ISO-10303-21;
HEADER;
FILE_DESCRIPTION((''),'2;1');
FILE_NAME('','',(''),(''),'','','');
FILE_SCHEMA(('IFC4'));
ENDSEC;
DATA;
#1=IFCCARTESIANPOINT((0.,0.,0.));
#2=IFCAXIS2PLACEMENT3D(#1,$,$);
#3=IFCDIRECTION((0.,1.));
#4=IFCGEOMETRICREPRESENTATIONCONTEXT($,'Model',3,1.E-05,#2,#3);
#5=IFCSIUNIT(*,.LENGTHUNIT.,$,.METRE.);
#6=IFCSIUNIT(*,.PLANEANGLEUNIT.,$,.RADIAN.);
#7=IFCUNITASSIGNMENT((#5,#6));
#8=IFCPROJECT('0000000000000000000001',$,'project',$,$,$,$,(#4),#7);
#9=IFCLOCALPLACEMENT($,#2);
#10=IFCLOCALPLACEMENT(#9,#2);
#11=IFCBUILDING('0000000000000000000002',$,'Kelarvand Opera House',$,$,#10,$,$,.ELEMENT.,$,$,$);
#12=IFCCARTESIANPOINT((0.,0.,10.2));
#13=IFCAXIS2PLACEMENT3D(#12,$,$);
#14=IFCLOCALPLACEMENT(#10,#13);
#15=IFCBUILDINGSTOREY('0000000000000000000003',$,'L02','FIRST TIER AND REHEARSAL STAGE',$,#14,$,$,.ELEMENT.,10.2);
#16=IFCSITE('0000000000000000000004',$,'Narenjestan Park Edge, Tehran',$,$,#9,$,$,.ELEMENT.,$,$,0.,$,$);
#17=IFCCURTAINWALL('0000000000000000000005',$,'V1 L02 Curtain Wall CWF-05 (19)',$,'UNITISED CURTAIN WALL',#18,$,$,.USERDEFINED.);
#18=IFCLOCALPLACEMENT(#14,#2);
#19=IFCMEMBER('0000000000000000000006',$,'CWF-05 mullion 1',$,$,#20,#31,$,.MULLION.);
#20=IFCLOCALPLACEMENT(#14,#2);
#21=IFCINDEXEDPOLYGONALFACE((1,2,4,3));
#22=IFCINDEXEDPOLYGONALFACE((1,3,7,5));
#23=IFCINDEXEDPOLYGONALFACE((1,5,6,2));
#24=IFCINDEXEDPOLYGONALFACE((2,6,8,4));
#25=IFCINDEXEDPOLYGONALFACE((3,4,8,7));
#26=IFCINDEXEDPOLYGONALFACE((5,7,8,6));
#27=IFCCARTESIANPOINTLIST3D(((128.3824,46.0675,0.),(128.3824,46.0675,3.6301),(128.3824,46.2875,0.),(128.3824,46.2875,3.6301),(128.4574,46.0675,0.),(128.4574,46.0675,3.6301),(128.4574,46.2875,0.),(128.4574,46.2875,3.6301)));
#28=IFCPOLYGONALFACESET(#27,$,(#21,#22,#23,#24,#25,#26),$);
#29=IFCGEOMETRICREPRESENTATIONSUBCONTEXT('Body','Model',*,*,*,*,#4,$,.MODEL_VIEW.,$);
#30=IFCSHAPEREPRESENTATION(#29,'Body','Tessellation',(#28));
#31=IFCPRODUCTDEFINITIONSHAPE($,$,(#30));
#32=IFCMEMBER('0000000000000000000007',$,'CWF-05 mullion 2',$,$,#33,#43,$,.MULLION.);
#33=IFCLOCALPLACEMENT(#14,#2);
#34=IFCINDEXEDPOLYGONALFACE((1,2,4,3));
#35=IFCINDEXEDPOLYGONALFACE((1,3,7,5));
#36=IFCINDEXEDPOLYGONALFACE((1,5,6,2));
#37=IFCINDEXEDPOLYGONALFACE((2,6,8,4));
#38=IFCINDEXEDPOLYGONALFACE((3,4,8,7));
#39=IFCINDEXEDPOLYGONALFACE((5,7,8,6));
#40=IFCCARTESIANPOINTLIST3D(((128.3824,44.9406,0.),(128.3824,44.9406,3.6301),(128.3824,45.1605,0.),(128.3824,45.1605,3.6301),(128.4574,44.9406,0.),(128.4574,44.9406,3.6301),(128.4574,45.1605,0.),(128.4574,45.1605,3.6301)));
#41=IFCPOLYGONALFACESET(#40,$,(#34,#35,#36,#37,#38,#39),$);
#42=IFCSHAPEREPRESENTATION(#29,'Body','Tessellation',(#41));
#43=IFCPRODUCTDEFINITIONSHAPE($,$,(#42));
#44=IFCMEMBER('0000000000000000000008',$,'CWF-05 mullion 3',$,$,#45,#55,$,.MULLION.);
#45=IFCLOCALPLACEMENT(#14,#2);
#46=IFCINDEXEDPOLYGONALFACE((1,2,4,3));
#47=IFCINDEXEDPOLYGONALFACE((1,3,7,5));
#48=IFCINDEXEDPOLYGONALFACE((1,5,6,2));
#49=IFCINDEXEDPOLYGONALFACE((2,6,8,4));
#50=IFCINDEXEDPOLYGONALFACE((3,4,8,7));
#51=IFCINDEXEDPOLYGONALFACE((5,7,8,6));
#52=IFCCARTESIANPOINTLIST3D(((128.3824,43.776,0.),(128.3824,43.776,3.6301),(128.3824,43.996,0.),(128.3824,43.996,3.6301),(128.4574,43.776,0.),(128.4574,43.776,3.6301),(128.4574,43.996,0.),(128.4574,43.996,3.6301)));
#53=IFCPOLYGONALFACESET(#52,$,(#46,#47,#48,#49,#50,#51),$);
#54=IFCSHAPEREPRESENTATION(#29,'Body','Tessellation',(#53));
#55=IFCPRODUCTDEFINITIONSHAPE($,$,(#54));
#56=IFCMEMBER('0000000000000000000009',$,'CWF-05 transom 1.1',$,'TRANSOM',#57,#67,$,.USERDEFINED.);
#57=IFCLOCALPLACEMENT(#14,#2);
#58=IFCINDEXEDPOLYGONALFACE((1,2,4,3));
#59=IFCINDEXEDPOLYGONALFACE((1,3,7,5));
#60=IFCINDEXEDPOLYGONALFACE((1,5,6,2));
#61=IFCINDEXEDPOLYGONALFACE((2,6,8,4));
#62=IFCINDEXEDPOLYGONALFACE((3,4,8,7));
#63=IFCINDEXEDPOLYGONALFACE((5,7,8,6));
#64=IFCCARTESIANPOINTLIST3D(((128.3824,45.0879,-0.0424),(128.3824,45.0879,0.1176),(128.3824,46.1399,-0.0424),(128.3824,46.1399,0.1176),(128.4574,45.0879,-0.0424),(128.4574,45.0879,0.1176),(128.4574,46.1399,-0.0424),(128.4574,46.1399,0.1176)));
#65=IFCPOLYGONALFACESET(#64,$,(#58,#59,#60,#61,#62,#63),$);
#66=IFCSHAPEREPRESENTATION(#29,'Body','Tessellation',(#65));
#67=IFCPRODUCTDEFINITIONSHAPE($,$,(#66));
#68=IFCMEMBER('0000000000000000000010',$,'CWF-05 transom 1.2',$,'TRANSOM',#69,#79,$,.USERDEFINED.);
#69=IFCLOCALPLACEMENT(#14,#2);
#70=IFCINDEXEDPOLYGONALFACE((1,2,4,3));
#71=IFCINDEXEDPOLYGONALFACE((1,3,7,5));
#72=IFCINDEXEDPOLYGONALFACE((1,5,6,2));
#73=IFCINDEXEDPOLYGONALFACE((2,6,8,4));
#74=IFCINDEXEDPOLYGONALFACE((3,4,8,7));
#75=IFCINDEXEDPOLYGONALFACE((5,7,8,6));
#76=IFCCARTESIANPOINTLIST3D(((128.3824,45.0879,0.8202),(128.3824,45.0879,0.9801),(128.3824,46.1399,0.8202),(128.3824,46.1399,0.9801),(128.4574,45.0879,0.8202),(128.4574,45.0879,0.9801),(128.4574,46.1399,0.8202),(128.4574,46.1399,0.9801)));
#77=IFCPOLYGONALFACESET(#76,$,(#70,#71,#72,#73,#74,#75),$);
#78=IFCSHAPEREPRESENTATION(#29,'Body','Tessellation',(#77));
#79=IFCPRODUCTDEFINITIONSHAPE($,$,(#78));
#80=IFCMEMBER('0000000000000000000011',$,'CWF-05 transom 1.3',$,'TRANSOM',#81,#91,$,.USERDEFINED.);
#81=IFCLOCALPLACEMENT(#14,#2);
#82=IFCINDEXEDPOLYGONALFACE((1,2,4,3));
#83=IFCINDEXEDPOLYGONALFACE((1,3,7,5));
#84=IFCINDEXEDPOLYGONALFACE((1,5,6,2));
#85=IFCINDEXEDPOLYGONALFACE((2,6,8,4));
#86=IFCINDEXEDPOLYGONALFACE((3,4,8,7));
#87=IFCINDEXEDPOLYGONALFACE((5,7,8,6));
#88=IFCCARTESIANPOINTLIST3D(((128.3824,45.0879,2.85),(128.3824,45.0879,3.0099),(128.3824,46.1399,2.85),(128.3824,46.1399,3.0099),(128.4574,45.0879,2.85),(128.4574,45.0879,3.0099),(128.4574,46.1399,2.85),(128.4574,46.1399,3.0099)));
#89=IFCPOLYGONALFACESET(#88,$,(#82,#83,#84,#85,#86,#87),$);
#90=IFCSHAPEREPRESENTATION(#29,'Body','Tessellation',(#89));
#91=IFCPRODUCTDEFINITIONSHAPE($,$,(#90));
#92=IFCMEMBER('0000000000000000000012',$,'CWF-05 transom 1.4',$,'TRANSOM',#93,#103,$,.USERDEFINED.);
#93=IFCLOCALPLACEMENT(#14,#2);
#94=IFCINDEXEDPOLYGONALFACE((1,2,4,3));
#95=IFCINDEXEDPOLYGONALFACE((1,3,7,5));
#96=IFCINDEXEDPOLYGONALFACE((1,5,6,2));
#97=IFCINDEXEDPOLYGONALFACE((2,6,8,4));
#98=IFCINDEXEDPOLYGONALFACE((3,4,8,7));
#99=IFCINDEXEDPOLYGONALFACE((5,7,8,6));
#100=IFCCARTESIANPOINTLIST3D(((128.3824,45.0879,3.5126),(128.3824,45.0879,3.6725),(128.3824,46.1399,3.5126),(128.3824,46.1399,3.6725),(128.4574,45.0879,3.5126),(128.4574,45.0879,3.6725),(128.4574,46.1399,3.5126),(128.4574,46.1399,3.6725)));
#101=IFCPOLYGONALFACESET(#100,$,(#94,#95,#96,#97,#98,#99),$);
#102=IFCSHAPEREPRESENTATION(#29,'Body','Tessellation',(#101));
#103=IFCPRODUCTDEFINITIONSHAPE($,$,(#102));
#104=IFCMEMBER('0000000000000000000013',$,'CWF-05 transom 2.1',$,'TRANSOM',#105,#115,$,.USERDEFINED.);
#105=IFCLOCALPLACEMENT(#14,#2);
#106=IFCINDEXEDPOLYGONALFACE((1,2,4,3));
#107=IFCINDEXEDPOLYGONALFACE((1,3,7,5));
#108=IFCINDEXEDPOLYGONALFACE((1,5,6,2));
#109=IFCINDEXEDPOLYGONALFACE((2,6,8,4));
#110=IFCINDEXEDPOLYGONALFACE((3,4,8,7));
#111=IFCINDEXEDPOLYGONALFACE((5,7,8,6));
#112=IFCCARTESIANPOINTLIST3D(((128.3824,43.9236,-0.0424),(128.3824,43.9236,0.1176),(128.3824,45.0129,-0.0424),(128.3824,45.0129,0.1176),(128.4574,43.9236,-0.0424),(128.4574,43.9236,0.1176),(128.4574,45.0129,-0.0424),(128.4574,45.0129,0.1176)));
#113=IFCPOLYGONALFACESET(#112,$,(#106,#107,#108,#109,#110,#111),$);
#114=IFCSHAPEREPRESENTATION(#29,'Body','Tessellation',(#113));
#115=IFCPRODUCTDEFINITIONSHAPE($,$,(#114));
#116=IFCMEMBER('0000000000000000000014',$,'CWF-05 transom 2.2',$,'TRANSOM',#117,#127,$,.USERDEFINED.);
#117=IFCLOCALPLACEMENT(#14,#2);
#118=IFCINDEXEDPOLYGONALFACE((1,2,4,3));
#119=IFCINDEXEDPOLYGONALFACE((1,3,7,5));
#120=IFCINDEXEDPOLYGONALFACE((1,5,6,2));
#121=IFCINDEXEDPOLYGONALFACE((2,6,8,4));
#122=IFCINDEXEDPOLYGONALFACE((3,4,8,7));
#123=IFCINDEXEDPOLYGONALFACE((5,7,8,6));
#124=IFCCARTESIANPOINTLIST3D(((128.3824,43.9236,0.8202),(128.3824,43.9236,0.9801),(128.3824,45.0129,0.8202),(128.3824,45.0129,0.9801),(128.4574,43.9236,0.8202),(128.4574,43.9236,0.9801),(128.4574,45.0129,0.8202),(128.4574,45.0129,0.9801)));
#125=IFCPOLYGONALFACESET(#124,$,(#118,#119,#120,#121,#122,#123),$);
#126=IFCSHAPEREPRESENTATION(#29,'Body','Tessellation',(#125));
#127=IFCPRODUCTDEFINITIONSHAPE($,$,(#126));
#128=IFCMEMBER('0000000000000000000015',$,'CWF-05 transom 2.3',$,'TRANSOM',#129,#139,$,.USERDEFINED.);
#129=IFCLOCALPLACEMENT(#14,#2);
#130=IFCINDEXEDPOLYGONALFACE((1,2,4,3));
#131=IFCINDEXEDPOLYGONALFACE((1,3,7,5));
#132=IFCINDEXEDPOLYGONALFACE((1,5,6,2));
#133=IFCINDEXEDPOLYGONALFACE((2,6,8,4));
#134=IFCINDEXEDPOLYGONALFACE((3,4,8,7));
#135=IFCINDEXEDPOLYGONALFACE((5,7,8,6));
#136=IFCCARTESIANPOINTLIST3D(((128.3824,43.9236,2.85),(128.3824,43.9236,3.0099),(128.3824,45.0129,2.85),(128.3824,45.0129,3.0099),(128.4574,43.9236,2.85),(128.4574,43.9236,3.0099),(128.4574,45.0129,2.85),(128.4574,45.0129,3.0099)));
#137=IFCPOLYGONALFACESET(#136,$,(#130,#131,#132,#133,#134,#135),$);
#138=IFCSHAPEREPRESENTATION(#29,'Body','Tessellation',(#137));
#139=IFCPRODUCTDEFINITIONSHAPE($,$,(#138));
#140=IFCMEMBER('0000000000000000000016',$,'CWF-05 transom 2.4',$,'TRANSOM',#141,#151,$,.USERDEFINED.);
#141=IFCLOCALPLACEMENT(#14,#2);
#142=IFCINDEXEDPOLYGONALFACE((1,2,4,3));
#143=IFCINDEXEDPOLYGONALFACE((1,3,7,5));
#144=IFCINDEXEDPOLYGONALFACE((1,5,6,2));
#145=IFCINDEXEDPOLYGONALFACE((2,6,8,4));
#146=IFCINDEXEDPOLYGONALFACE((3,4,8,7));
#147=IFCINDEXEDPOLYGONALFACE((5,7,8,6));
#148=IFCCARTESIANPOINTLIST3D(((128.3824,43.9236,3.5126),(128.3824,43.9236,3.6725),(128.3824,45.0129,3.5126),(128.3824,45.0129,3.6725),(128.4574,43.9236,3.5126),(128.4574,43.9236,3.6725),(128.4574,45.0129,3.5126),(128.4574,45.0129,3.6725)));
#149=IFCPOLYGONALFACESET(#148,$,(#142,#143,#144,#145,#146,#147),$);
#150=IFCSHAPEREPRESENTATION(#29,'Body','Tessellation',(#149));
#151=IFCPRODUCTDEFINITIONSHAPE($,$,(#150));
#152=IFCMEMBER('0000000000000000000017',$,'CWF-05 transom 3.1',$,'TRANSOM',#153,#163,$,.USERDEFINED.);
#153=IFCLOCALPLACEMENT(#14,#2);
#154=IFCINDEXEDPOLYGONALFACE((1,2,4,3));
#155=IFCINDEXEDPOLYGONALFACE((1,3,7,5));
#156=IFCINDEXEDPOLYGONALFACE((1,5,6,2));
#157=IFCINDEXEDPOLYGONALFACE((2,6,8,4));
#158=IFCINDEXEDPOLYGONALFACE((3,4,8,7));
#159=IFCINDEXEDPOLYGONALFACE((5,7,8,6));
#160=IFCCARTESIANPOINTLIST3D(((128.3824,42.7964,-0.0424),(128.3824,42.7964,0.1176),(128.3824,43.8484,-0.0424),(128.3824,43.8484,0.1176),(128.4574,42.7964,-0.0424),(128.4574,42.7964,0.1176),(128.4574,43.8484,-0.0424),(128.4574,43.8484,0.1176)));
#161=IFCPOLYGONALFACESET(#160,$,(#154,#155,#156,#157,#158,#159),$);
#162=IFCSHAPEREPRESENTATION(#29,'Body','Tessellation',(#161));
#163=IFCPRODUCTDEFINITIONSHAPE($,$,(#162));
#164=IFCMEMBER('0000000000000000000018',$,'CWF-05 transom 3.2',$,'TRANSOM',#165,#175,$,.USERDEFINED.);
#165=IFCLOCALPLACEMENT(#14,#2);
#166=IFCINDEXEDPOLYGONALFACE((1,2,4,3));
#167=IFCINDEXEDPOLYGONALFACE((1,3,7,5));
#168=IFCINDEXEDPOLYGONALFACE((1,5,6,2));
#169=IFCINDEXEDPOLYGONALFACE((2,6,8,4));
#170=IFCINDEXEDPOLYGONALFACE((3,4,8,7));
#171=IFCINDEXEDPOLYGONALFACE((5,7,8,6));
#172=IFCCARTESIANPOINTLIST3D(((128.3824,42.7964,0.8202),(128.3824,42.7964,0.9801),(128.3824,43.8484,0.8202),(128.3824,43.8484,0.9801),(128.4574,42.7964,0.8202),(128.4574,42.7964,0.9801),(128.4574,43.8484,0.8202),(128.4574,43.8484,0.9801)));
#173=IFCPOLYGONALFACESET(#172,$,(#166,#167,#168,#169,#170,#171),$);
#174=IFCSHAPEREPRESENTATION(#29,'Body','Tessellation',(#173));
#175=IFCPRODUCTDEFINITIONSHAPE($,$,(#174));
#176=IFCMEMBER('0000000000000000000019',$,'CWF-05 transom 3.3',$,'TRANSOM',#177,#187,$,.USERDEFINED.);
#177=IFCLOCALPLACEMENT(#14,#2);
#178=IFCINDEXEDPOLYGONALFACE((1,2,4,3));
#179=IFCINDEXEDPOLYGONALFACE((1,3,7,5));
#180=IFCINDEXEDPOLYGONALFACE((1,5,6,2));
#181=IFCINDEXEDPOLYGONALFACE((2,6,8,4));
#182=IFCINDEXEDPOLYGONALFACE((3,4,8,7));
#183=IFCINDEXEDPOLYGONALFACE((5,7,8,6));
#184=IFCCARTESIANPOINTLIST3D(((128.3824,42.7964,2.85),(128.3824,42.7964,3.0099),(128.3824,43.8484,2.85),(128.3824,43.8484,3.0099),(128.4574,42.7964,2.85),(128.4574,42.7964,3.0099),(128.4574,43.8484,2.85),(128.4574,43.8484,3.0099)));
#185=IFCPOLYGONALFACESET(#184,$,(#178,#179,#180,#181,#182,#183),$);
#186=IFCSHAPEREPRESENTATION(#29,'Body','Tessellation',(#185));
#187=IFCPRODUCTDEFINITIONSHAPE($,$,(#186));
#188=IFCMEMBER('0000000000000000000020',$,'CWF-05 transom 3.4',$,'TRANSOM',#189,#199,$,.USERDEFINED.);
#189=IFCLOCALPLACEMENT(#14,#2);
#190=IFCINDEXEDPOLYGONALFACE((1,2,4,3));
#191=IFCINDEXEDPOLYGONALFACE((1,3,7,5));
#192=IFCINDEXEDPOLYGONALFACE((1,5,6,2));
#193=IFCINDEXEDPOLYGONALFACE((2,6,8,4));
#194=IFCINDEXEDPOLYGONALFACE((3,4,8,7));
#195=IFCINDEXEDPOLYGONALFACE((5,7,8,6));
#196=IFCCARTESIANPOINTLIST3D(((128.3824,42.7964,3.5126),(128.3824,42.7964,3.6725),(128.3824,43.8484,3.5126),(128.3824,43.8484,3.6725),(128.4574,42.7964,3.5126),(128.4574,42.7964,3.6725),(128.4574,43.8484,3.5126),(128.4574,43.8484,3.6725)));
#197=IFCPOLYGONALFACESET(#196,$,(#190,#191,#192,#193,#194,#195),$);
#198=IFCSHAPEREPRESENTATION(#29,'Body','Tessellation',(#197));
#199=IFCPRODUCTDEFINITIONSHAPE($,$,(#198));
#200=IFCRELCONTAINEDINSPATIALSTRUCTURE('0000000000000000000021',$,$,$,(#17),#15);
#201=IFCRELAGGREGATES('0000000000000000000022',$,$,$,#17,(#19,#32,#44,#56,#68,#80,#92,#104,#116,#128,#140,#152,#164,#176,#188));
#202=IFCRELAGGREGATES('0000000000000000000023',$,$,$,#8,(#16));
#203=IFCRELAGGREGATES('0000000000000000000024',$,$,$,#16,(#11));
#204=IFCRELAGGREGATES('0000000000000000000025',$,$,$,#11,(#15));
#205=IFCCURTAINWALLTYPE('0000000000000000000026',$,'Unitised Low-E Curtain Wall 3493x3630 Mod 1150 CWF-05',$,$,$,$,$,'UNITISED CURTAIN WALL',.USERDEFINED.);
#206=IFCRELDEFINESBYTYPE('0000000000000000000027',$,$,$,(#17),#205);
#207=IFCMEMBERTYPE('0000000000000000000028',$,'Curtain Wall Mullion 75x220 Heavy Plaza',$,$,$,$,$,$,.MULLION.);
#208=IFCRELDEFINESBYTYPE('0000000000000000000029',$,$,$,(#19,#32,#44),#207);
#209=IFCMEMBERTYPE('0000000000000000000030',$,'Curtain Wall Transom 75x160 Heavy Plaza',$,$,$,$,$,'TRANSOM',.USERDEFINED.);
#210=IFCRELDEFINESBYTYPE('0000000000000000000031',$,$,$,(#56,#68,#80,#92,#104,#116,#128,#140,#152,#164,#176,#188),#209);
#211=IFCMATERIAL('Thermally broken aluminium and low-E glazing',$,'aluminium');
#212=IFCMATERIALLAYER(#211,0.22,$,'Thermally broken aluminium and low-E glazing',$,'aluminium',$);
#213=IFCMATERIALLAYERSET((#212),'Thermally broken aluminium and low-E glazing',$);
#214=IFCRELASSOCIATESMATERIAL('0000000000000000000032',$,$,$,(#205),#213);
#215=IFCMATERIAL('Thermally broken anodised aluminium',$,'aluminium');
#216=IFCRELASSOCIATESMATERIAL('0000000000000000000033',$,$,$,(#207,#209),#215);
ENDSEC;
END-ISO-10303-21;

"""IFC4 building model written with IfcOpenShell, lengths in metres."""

from ifc_helpers import new_model, si_unit, direction, frame, origin, origin_2d, place, context, subcontext, project, spatial, rectangle, extrude, material, layer, layer_set, material_profile, profile_set, type_object, element, aggregate, save


model = new_model("IFC4")

# Units and contexts
model_context = context("Model", 3, precision=1e-05, world=origin(), true_north=direction((0.0, 1.0)))
body_context = subcontext(model_context, "Body", "Model", "MODEL_VIEW")
ifc_project = project(units=[si_unit("LENGTHUNIT", "METRE"), si_unit("PLANEANGLEUNIT", "RADIAN")], contexts=[model_context])

# Site, building, storey
site_placement = place(None, origin())
site = spatial("IfcSite", under=ifc_project, at=site_placement, Name="Narenjestan Park Edge, Tehran", CompositionType="ELEMENT", RefElevation=0.0)
building_placement = place(site_placement, origin())
building = spatial("IfcBuilding", under=site, at=building_placement, Name="Kelarvand Opera House", CompositionType="ELEMENT")
storey_placement = place(building_placement, frame((0.0, 0.0, 10.2)))
storey = spatial("IfcBuildingStorey", under=building, at=storey_placement, Name="L02", Description="FIRST TIER AND REHEARSAL STAGE", CompositionType="ELEMENT", Elevation=10.2)

# Curtain wall, members
ifc_material_1 = material(Name="Thermally broken aluminium and low-E glazing", Category="aluminium")
ifc_layer_1 = layer(ifc_material_1, 0.22, Name="Thermally broken aluminium and low-E glazing", Category="aluminium")
ifc_layer_set_1 = layer_set([ifc_layer_1], Name="Thermally broken aluminium and low-E glazing")
curtain_wall_type = type_object("IfcCurtainWallType", Name="Unitised Low-E Curtain Wall 3493x3630 Mod 1150 CWF-05", ElementType="UNITISED CURTAIN WALL", PredefinedType="USERDEFINED", material=ifc_layer_set_1)
curtain_wall_placement = place(storey_placement, origin())
curtain_wall = element("IfcCurtainWall", 1, at=curtain_wall_placement, inside=storey, type_object=curtain_wall_type, Name="V1 L02 Curtain Wall CWF-05 (19)", ObjectType="UNITISED CURTAIN WALL", PredefinedType="USERDEFINED")
ifc_material_2 = material(Name="Thermally broken anodised aluminium", Category="aluminium")
ifc_material_profile_1 = material_profile(ifc_material_2, rectangle(XDim=0.075, YDim=0.22, at=origin_2d()), Name="ALU MULLION 75x220", Category="aluminium")
ifc_profile_set_1 = profile_set([ifc_material_profile_1], Name="Thermally broken anodised aluminium")
member_type_1 = type_object("IfcMemberType", Name="Curtain Wall Mullion 75x220 Heavy Plaza", PredefinedType="MULLION", material=ifc_profile_set_1)
member_1_placement = place(storey_placement, frame((128.4199, 46.1775, 0.0), z_axis=(0.0, 0.0, 1.0), x_axis=(1.0, 0.0, 0.0)))
member_1 = element("IfcMember", 2, at=member_1_placement, type_object=member_type_1, Name="CWF-05 mullion 1", PredefinedType="MULLION", context=body_context, shape_type="SweptSolid", body=[
    extrude(rectangle(XDim=0.075, YDim=0.22, at=origin_2d()), origin(), (0.0, 0.0, 1.0), 3.6301),
])
member_2_placement = place(storey_placement, frame((128.4199, 45.0505, 0.0), z_axis=(0.0, 0.0, 1.0), x_axis=(1.0, 0.0, 0.0)))
member_2 = element("IfcMember", 3, at=member_2_placement, type_object=member_type_1, Name="CWF-05 mullion 2", PredefinedType="MULLION", context=body_context, shape_type="SweptSolid", body=[
    extrude(rectangle(XDim=0.075, YDim=0.22, at=origin_2d()), origin(), (0.0, 0.0, 1.0), 3.6301),
])
member_3_placement = place(storey_placement, frame((128.4199, 43.886, 0.0), z_axis=(0.0, 0.0, 1.0), x_axis=(1.0, 0.0, 0.0)))
member_3 = element("IfcMember", 4, at=member_3_placement, type_object=member_type_1, Name="CWF-05 mullion 3", PredefinedType="MULLION", context=body_context, shape_type="SweptSolid", body=[
    extrude(rectangle(XDim=0.075, YDim=0.22, at=origin_2d()), origin(), (0.0, 0.0, 1.0), 3.6301),
])
ifc_material_profile_2 = material_profile(ifc_material_2, rectangle(XDim=0.075, YDim=0.1599, at=origin_2d()), Name="ALU TRANSOM 75x160", Category="aluminium")
ifc_profile_set_2 = profile_set([ifc_material_profile_2], Name="Thermally broken anodised aluminium")
member_type_2 = type_object("IfcMemberType", Name="Curtain Wall Transom 75x160 Heavy Plaza", ElementType="TRANSOM", PredefinedType="USERDEFINED", material=ifc_profile_set_2)
member_4_placement = place(storey_placement, frame((128.4199, 46.1399, 0.0376), z_axis=(0.0, -1.0, 0.0), x_axis=(1.0, 0.0, 0.0)))
member_4 = element("IfcMember", 5, at=member_4_placement, type_object=member_type_2, Name="CWF-05 transom 1.1", ObjectType="TRANSOM", PredefinedType="USERDEFINED", context=body_context, shape_type="SweptSolid", body=[
    extrude(rectangle(XDim=0.075, YDim=0.1599, at=origin_2d()), origin(), (0.0, 0.0, 1.0), 1.052),
])
member_5_placement = place(storey_placement, frame((128.4199, 46.1399, 0.9001), z_axis=(0.0, -1.0, 0.0), x_axis=(1.0, 0.0, 0.0)))
member_5 = element("IfcMember", 6, at=member_5_placement, type_object=member_type_2, Name="CWF-05 transom 1.2", ObjectType="TRANSOM", PredefinedType="USERDEFINED", context=body_context, shape_type="SweptSolid", body=[
    extrude(rectangle(XDim=0.075, YDim=0.1599, at=origin_2d()), origin(), (0.0, 0.0, 1.0), 1.052),
])
member_6_placement = place(storey_placement, frame((128.4199, 46.1399, 2.9299), z_axis=(0.0, -1.0, 0.0), x_axis=(1.0, 0.0, 0.0)))
member_6 = element("IfcMember", 7, at=member_6_placement, type_object=member_type_2, Name="CWF-05 transom 1.3", ObjectType="TRANSOM", PredefinedType="USERDEFINED", context=body_context, shape_type="SweptSolid", body=[
    extrude(rectangle(XDim=0.075, YDim=0.1599, at=origin_2d()), origin(), (0.0, 0.0, 1.0), 1.052),
])
member_7_placement = place(storey_placement, frame((128.4199, 46.1399, 3.5925), z_axis=(0.0, -1.0, 0.0), x_axis=(1.0, 0.0, 0.0)))
member_7 = element("IfcMember", 8, at=member_7_placement, type_object=member_type_2, Name="CWF-05 transom 1.4", ObjectType="TRANSOM", PredefinedType="USERDEFINED", context=body_context, shape_type="SweptSolid", body=[
    extrude(rectangle(XDim=0.075, YDim=0.1599, at=origin_2d()), origin(), (0.0, 0.0, 1.0), 1.052),
])
member_8_placement = place(storey_placement, frame((128.4199, 45.0129, 0.0376), z_axis=(0.0, -1.0, 0.0), x_axis=(1.0, 0.0, 0.0)))
member_8 = element("IfcMember", 9, at=member_8_placement, type_object=member_type_2, Name="CWF-05 transom 2.1", ObjectType="TRANSOM", PredefinedType="USERDEFINED", context=body_context, shape_type="SweptSolid", body=[
    extrude(rectangle(XDim=0.075, YDim=0.1599, at=origin_2d()), origin(), (0.0, 0.0, 1.0), 1.0894),
])
member_9_placement = place(storey_placement, frame((128.4199, 45.0129, 0.9001), z_axis=(0.0, -1.0, 0.0), x_axis=(1.0, 0.0, 0.0)))
member_9 = element("IfcMember", 10, at=member_9_placement, type_object=member_type_2, Name="CWF-05 transom 2.2", ObjectType="TRANSOM", PredefinedType="USERDEFINED", context=body_context, shape_type="SweptSolid", body=[
    extrude(rectangle(XDim=0.075, YDim=0.1599, at=origin_2d()), origin(), (0.0, 0.0, 1.0), 1.0894),
])
member_10_placement = place(storey_placement, frame((128.4199, 45.0129, 2.9299), z_axis=(0.0, -1.0, 0.0), x_axis=(1.0, 0.0, 0.0)))
member_10 = element("IfcMember", 11, at=member_10_placement, type_object=member_type_2, Name="CWF-05 transom 2.3", ObjectType="TRANSOM", PredefinedType="USERDEFINED", context=body_context, shape_type="SweptSolid", body=[
    extrude(rectangle(XDim=0.075, YDim=0.1599, at=origin_2d()), origin(), (0.0, 0.0, 1.0), 1.0894),
])
member_11_placement = place(storey_placement, frame((128.4199, 45.0129, 3.5925), z_axis=(0.0, -1.0, 0.0), x_axis=(1.0, 0.0, 0.0)))
member_11 = element("IfcMember", 12, at=member_11_placement, type_object=member_type_2, Name="CWF-05 transom 2.4", ObjectType="TRANSOM", PredefinedType="USERDEFINED", context=body_context, shape_type="SweptSolid", body=[
    extrude(rectangle(XDim=0.075, YDim=0.1599, at=origin_2d()), origin(), (0.0, 0.0, 1.0), 1.0894),
])
member_12_placement = place(storey_placement, frame((128.4199, 43.8484, 0.0376), z_axis=(0.0, -1.0, 0.0), x_axis=(1.0, 0.0, 0.0)))
member_12 = element("IfcMember", 13, at=member_12_placement, type_object=member_type_2, Name="CWF-05 transom 3.1", ObjectType="TRANSOM", PredefinedType="USERDEFINED", context=body_context, shape_type="SweptSolid", body=[
    extrude(rectangle(XDim=0.075, YDim=0.1599, at=origin_2d()), origin(), (0.0, 0.0, 1.0), 1.052),
])
member_13_placement = place(storey_placement, frame((128.4199, 43.8484, 0.9001), z_axis=(0.0, -1.0, 0.0), x_axis=(1.0, 0.0, 0.0)))
member_13 = element("IfcMember", 14, at=member_13_placement, type_object=member_type_2, Name="CWF-05 transom 3.2", ObjectType="TRANSOM", PredefinedType="USERDEFINED", context=body_context, shape_type="SweptSolid", body=[
    extrude(rectangle(XDim=0.075, YDim=0.1599, at=origin_2d()), origin(), (0.0, 0.0, 1.0), 1.052),
])
member_14_placement = place(storey_placement, frame((128.4199, 43.8484, 2.9299), z_axis=(0.0, -1.0, 0.0), x_axis=(1.0, 0.0, 0.0)))
member_14 = element("IfcMember", 15, at=member_14_placement, type_object=member_type_2, Name="CWF-05 transom 3.3", ObjectType="TRANSOM", PredefinedType="USERDEFINED", context=body_context, shape_type="SweptSolid", body=[
    extrude(rectangle(XDim=0.075, YDim=0.1599, at=origin_2d()), origin(), (0.0, 0.0, 1.0), 1.052),
])
member_15_placement = place(storey_placement, frame((128.4199, 43.8484, 3.5925), z_axis=(0.0, -1.0, 0.0), x_axis=(1.0, 0.0, 0.0)))
member_15 = element("IfcMember", 16, at=member_15_placement, type_object=member_type_2, Name="CWF-05 transom 3.4", ObjectType="TRANSOM", PredefinedType="USERDEFINED", context=body_context, shape_type="SweptSolid", body=[
    extrude(rectangle(XDim=0.075, YDim=0.1599, at=origin_2d()), origin(), (0.0, 0.0, 1.0), 1.052),
])
aggregate(curtain_wall, [member_1, member_2, member_3, member_4, member_5, member_6, member_7, member_8, member_9, member_10, member_11, member_12, member_13, member_14, member_15])

save(model, "model.ifc")
